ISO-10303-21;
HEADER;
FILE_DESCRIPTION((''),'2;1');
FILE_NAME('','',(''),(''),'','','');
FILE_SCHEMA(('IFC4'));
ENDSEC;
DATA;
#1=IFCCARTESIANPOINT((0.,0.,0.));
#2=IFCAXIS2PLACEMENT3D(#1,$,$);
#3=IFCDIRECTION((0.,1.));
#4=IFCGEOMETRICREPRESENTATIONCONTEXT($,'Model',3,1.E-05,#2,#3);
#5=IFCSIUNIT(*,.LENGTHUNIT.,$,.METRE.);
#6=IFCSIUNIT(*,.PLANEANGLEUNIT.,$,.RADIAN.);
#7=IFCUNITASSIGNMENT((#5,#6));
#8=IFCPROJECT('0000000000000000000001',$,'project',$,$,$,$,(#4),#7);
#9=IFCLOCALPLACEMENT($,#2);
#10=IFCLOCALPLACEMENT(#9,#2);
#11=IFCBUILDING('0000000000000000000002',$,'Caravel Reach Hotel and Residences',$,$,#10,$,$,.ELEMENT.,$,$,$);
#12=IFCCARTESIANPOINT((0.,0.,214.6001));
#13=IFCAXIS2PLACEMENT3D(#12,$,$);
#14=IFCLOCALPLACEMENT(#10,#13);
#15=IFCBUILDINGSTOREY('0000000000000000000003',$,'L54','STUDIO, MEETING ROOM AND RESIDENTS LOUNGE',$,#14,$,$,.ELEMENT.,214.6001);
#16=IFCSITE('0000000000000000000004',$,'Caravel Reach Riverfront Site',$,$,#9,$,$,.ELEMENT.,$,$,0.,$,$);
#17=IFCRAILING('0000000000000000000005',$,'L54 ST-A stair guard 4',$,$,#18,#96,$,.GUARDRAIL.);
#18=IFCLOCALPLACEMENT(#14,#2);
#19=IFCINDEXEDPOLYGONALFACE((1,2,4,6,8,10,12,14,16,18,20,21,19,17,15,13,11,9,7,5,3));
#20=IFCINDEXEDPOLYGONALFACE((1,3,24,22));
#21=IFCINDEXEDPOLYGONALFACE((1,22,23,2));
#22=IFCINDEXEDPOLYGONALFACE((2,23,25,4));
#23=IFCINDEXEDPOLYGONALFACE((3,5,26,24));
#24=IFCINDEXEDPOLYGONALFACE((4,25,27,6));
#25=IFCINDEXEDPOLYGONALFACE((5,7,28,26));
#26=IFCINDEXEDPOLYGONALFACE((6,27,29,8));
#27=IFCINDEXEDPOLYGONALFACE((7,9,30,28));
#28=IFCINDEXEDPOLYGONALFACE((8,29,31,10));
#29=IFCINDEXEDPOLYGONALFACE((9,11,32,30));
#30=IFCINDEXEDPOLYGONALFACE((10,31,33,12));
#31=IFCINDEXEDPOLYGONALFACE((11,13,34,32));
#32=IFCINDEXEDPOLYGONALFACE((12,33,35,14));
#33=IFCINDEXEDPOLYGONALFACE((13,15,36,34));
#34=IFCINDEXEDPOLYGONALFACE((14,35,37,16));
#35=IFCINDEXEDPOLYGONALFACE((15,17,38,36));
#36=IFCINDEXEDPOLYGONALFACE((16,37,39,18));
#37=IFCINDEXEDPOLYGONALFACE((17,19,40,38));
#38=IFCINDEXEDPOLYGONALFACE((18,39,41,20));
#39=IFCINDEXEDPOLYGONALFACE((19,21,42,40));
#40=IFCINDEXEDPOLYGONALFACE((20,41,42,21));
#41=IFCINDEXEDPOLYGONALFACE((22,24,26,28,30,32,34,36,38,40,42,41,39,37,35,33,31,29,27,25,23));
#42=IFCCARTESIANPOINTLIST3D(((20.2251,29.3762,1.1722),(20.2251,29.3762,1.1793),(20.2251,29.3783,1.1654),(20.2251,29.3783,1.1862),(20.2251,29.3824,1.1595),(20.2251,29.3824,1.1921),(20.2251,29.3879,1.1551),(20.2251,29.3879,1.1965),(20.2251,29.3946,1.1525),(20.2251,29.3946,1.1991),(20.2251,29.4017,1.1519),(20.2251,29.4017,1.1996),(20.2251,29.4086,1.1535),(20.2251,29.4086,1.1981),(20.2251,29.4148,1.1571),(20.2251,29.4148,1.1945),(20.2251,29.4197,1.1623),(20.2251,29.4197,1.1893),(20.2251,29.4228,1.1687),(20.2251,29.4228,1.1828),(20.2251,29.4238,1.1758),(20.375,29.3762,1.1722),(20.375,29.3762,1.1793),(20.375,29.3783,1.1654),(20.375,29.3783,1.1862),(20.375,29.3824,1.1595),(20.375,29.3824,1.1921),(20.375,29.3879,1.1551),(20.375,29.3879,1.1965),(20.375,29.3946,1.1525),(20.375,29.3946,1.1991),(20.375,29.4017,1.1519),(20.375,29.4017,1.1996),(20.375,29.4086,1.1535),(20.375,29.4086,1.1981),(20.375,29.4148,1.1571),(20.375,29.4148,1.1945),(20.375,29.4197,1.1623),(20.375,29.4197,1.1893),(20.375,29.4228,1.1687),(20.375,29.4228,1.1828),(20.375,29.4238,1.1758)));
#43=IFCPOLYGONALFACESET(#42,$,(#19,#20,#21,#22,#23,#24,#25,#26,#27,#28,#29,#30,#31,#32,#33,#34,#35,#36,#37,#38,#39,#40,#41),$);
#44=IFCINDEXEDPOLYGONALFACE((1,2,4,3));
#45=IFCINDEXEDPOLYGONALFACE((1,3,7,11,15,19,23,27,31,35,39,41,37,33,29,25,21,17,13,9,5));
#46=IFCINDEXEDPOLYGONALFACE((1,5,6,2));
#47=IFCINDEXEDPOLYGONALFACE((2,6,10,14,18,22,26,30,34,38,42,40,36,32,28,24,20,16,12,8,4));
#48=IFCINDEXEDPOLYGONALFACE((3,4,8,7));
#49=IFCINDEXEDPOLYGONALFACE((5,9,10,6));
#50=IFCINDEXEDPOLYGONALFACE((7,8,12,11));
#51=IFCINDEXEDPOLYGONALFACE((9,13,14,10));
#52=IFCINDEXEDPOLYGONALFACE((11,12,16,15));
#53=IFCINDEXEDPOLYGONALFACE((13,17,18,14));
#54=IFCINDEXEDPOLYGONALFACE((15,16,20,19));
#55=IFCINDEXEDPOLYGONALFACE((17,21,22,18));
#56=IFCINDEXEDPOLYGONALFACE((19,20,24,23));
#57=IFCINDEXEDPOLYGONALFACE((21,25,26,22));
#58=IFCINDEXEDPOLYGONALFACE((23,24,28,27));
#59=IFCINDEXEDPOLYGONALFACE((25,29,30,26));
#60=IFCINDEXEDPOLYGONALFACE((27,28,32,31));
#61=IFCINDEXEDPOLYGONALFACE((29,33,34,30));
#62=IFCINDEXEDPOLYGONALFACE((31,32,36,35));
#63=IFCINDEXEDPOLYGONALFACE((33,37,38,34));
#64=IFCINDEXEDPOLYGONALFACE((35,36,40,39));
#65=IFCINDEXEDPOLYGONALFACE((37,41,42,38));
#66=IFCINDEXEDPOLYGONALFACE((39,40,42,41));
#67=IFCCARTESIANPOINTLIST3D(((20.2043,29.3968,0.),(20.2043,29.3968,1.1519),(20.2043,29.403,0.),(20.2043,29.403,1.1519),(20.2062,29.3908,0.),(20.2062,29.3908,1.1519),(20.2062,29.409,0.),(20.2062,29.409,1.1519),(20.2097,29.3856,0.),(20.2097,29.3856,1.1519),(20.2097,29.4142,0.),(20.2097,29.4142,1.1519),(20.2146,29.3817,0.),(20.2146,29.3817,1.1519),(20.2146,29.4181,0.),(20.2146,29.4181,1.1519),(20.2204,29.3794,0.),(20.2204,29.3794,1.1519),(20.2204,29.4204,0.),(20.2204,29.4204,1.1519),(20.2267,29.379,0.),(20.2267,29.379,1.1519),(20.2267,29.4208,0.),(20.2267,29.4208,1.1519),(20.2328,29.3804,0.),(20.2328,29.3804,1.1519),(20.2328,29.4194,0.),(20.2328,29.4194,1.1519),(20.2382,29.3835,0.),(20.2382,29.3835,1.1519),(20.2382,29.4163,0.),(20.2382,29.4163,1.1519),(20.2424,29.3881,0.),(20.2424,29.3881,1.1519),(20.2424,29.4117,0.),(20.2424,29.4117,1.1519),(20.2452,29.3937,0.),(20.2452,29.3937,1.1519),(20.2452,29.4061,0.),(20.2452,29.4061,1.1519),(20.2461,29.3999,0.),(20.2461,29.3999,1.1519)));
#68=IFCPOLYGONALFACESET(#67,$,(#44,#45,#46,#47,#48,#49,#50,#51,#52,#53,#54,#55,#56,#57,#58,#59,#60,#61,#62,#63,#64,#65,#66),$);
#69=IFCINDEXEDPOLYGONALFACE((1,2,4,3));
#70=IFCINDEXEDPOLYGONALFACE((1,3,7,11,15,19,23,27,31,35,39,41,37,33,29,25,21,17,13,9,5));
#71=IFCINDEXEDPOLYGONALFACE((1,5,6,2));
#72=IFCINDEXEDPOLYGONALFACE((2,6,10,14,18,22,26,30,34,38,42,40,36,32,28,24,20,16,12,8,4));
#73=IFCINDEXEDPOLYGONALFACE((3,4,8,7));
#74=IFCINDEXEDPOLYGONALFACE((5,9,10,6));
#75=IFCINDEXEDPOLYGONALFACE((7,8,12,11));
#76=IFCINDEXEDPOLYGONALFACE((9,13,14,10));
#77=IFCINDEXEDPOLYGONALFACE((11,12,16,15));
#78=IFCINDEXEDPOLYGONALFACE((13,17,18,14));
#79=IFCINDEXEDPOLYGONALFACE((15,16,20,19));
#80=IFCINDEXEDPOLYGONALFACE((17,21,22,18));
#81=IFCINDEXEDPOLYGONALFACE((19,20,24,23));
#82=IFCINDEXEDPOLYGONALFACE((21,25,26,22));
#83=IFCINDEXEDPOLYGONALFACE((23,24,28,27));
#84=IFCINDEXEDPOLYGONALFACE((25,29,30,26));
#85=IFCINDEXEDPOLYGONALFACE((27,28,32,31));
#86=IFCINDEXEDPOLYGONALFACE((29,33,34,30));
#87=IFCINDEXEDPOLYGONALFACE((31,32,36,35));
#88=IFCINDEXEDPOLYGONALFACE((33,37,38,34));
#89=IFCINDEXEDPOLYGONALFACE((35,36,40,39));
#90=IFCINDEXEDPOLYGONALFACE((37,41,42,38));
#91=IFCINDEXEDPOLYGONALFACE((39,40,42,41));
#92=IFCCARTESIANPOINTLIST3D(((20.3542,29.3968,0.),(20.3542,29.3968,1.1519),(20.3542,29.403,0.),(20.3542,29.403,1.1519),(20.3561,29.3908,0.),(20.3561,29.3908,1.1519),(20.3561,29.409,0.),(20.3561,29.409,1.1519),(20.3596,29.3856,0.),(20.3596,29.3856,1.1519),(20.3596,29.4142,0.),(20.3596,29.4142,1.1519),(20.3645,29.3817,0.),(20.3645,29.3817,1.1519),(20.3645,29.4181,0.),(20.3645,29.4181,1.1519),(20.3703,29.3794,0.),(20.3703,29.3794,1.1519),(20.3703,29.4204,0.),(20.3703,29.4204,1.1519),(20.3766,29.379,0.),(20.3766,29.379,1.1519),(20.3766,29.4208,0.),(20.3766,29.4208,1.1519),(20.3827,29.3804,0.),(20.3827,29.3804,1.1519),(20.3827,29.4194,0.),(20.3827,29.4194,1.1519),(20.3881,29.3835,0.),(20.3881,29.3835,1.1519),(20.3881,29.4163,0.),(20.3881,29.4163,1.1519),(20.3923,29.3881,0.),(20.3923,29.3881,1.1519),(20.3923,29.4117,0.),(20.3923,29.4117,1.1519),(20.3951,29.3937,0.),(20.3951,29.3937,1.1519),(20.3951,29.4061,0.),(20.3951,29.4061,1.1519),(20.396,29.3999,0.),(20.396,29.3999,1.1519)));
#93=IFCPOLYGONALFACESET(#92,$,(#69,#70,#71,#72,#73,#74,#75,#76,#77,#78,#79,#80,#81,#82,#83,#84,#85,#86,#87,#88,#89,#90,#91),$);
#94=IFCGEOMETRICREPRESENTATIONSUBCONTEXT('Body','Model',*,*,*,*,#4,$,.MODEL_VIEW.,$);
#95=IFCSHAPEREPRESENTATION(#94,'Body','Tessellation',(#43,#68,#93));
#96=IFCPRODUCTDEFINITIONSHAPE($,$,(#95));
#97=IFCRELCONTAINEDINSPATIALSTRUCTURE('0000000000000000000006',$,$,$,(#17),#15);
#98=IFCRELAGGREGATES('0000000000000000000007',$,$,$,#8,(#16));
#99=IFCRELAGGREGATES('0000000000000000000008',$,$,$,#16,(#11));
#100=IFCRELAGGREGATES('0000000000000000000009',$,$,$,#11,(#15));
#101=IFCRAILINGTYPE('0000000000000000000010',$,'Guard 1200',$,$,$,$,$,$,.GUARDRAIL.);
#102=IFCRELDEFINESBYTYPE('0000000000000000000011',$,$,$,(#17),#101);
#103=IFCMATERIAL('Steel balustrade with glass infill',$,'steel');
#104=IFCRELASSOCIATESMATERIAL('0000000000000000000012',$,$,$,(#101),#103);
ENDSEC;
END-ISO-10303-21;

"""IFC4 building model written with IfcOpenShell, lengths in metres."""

from ifc_helpers import new_model, si_unit, direction, frame, origin, origin_2d, place, context, subcontext, project, spatial, circle, extrude, material, type_object, element, save


model = new_model("IFC4")

# Units and contexts
model_context = context("Model", 3, precision=1e-05, world=origin(), true_north=direction((0.0, 1.0)))
body_context = subcontext(model_context, "Body", "Model", "MODEL_VIEW")
ifc_project = project(units=[si_unit("LENGTHUNIT", "METRE"), si_unit("PLANEANGLEUNIT", "RADIAN")], contexts=[model_context])

# Site, building, storey
site_placement = place(None, origin())
site = spatial("IfcSite", under=ifc_project, at=site_placement, Name="Caravel Reach Riverfront Site", CompositionType="ELEMENT", RefElevation=0.0)
building_placement = place(site_placement, origin())
building = spatial("IfcBuilding", under=site, at=building_placement, Name="Caravel Reach Hotel and Residences", CompositionType="ELEMENT")
storey_placement = place(building_placement, frame((0.0, 0.0, 214.6001)))
storey = spatial("IfcBuildingStorey", under=building, at=storey_placement, Name="L54", Description="STUDIO, MEETING ROOM AND RESIDENTS LOUNGE", CompositionType="ELEMENT", Elevation=214.6001)

# Railing
ifc_material_1 = material(Name="Steel balustrade with glass infill", Category="steel")
railing_type_1 = type_object("IfcRailingType", Name="Guard 1200", PredefinedType="GUARDRAIL", material=ifc_material_1)
railing_1_placement = place(storey_placement, frame((20.2251, 29.3999, 0.0)))
element("IfcRailing", 1, at=railing_1_placement, inside=storey, type_object=railing_type_1, Name="L54 ST-A stair guard 4", PredefinedType="GUARDRAIL", context=body_context, shape_type="SweptSolid", body=[
    extrude(circle(Radius=0.0239, at=origin_2d()), frame((0.0, 0.0, 1.1758), z_axis=(1.0, 0.0, 0.0), x_axis=(0.0, 1.0, 0.0)), (0.0, 0.0, 1.0), 0.1499),
    extrude(circle(Radius=0.021, at=origin_2d()), origin(), (0.0, 0.0, 1.0), 1.1519),
    extrude(circle(Radius=0.021, at=origin_2d()), frame((0.1499, 0.0, 0.0)), (0.0, 0.0, 1.0), 1.1519),
])

save(model, "model.ifc")
